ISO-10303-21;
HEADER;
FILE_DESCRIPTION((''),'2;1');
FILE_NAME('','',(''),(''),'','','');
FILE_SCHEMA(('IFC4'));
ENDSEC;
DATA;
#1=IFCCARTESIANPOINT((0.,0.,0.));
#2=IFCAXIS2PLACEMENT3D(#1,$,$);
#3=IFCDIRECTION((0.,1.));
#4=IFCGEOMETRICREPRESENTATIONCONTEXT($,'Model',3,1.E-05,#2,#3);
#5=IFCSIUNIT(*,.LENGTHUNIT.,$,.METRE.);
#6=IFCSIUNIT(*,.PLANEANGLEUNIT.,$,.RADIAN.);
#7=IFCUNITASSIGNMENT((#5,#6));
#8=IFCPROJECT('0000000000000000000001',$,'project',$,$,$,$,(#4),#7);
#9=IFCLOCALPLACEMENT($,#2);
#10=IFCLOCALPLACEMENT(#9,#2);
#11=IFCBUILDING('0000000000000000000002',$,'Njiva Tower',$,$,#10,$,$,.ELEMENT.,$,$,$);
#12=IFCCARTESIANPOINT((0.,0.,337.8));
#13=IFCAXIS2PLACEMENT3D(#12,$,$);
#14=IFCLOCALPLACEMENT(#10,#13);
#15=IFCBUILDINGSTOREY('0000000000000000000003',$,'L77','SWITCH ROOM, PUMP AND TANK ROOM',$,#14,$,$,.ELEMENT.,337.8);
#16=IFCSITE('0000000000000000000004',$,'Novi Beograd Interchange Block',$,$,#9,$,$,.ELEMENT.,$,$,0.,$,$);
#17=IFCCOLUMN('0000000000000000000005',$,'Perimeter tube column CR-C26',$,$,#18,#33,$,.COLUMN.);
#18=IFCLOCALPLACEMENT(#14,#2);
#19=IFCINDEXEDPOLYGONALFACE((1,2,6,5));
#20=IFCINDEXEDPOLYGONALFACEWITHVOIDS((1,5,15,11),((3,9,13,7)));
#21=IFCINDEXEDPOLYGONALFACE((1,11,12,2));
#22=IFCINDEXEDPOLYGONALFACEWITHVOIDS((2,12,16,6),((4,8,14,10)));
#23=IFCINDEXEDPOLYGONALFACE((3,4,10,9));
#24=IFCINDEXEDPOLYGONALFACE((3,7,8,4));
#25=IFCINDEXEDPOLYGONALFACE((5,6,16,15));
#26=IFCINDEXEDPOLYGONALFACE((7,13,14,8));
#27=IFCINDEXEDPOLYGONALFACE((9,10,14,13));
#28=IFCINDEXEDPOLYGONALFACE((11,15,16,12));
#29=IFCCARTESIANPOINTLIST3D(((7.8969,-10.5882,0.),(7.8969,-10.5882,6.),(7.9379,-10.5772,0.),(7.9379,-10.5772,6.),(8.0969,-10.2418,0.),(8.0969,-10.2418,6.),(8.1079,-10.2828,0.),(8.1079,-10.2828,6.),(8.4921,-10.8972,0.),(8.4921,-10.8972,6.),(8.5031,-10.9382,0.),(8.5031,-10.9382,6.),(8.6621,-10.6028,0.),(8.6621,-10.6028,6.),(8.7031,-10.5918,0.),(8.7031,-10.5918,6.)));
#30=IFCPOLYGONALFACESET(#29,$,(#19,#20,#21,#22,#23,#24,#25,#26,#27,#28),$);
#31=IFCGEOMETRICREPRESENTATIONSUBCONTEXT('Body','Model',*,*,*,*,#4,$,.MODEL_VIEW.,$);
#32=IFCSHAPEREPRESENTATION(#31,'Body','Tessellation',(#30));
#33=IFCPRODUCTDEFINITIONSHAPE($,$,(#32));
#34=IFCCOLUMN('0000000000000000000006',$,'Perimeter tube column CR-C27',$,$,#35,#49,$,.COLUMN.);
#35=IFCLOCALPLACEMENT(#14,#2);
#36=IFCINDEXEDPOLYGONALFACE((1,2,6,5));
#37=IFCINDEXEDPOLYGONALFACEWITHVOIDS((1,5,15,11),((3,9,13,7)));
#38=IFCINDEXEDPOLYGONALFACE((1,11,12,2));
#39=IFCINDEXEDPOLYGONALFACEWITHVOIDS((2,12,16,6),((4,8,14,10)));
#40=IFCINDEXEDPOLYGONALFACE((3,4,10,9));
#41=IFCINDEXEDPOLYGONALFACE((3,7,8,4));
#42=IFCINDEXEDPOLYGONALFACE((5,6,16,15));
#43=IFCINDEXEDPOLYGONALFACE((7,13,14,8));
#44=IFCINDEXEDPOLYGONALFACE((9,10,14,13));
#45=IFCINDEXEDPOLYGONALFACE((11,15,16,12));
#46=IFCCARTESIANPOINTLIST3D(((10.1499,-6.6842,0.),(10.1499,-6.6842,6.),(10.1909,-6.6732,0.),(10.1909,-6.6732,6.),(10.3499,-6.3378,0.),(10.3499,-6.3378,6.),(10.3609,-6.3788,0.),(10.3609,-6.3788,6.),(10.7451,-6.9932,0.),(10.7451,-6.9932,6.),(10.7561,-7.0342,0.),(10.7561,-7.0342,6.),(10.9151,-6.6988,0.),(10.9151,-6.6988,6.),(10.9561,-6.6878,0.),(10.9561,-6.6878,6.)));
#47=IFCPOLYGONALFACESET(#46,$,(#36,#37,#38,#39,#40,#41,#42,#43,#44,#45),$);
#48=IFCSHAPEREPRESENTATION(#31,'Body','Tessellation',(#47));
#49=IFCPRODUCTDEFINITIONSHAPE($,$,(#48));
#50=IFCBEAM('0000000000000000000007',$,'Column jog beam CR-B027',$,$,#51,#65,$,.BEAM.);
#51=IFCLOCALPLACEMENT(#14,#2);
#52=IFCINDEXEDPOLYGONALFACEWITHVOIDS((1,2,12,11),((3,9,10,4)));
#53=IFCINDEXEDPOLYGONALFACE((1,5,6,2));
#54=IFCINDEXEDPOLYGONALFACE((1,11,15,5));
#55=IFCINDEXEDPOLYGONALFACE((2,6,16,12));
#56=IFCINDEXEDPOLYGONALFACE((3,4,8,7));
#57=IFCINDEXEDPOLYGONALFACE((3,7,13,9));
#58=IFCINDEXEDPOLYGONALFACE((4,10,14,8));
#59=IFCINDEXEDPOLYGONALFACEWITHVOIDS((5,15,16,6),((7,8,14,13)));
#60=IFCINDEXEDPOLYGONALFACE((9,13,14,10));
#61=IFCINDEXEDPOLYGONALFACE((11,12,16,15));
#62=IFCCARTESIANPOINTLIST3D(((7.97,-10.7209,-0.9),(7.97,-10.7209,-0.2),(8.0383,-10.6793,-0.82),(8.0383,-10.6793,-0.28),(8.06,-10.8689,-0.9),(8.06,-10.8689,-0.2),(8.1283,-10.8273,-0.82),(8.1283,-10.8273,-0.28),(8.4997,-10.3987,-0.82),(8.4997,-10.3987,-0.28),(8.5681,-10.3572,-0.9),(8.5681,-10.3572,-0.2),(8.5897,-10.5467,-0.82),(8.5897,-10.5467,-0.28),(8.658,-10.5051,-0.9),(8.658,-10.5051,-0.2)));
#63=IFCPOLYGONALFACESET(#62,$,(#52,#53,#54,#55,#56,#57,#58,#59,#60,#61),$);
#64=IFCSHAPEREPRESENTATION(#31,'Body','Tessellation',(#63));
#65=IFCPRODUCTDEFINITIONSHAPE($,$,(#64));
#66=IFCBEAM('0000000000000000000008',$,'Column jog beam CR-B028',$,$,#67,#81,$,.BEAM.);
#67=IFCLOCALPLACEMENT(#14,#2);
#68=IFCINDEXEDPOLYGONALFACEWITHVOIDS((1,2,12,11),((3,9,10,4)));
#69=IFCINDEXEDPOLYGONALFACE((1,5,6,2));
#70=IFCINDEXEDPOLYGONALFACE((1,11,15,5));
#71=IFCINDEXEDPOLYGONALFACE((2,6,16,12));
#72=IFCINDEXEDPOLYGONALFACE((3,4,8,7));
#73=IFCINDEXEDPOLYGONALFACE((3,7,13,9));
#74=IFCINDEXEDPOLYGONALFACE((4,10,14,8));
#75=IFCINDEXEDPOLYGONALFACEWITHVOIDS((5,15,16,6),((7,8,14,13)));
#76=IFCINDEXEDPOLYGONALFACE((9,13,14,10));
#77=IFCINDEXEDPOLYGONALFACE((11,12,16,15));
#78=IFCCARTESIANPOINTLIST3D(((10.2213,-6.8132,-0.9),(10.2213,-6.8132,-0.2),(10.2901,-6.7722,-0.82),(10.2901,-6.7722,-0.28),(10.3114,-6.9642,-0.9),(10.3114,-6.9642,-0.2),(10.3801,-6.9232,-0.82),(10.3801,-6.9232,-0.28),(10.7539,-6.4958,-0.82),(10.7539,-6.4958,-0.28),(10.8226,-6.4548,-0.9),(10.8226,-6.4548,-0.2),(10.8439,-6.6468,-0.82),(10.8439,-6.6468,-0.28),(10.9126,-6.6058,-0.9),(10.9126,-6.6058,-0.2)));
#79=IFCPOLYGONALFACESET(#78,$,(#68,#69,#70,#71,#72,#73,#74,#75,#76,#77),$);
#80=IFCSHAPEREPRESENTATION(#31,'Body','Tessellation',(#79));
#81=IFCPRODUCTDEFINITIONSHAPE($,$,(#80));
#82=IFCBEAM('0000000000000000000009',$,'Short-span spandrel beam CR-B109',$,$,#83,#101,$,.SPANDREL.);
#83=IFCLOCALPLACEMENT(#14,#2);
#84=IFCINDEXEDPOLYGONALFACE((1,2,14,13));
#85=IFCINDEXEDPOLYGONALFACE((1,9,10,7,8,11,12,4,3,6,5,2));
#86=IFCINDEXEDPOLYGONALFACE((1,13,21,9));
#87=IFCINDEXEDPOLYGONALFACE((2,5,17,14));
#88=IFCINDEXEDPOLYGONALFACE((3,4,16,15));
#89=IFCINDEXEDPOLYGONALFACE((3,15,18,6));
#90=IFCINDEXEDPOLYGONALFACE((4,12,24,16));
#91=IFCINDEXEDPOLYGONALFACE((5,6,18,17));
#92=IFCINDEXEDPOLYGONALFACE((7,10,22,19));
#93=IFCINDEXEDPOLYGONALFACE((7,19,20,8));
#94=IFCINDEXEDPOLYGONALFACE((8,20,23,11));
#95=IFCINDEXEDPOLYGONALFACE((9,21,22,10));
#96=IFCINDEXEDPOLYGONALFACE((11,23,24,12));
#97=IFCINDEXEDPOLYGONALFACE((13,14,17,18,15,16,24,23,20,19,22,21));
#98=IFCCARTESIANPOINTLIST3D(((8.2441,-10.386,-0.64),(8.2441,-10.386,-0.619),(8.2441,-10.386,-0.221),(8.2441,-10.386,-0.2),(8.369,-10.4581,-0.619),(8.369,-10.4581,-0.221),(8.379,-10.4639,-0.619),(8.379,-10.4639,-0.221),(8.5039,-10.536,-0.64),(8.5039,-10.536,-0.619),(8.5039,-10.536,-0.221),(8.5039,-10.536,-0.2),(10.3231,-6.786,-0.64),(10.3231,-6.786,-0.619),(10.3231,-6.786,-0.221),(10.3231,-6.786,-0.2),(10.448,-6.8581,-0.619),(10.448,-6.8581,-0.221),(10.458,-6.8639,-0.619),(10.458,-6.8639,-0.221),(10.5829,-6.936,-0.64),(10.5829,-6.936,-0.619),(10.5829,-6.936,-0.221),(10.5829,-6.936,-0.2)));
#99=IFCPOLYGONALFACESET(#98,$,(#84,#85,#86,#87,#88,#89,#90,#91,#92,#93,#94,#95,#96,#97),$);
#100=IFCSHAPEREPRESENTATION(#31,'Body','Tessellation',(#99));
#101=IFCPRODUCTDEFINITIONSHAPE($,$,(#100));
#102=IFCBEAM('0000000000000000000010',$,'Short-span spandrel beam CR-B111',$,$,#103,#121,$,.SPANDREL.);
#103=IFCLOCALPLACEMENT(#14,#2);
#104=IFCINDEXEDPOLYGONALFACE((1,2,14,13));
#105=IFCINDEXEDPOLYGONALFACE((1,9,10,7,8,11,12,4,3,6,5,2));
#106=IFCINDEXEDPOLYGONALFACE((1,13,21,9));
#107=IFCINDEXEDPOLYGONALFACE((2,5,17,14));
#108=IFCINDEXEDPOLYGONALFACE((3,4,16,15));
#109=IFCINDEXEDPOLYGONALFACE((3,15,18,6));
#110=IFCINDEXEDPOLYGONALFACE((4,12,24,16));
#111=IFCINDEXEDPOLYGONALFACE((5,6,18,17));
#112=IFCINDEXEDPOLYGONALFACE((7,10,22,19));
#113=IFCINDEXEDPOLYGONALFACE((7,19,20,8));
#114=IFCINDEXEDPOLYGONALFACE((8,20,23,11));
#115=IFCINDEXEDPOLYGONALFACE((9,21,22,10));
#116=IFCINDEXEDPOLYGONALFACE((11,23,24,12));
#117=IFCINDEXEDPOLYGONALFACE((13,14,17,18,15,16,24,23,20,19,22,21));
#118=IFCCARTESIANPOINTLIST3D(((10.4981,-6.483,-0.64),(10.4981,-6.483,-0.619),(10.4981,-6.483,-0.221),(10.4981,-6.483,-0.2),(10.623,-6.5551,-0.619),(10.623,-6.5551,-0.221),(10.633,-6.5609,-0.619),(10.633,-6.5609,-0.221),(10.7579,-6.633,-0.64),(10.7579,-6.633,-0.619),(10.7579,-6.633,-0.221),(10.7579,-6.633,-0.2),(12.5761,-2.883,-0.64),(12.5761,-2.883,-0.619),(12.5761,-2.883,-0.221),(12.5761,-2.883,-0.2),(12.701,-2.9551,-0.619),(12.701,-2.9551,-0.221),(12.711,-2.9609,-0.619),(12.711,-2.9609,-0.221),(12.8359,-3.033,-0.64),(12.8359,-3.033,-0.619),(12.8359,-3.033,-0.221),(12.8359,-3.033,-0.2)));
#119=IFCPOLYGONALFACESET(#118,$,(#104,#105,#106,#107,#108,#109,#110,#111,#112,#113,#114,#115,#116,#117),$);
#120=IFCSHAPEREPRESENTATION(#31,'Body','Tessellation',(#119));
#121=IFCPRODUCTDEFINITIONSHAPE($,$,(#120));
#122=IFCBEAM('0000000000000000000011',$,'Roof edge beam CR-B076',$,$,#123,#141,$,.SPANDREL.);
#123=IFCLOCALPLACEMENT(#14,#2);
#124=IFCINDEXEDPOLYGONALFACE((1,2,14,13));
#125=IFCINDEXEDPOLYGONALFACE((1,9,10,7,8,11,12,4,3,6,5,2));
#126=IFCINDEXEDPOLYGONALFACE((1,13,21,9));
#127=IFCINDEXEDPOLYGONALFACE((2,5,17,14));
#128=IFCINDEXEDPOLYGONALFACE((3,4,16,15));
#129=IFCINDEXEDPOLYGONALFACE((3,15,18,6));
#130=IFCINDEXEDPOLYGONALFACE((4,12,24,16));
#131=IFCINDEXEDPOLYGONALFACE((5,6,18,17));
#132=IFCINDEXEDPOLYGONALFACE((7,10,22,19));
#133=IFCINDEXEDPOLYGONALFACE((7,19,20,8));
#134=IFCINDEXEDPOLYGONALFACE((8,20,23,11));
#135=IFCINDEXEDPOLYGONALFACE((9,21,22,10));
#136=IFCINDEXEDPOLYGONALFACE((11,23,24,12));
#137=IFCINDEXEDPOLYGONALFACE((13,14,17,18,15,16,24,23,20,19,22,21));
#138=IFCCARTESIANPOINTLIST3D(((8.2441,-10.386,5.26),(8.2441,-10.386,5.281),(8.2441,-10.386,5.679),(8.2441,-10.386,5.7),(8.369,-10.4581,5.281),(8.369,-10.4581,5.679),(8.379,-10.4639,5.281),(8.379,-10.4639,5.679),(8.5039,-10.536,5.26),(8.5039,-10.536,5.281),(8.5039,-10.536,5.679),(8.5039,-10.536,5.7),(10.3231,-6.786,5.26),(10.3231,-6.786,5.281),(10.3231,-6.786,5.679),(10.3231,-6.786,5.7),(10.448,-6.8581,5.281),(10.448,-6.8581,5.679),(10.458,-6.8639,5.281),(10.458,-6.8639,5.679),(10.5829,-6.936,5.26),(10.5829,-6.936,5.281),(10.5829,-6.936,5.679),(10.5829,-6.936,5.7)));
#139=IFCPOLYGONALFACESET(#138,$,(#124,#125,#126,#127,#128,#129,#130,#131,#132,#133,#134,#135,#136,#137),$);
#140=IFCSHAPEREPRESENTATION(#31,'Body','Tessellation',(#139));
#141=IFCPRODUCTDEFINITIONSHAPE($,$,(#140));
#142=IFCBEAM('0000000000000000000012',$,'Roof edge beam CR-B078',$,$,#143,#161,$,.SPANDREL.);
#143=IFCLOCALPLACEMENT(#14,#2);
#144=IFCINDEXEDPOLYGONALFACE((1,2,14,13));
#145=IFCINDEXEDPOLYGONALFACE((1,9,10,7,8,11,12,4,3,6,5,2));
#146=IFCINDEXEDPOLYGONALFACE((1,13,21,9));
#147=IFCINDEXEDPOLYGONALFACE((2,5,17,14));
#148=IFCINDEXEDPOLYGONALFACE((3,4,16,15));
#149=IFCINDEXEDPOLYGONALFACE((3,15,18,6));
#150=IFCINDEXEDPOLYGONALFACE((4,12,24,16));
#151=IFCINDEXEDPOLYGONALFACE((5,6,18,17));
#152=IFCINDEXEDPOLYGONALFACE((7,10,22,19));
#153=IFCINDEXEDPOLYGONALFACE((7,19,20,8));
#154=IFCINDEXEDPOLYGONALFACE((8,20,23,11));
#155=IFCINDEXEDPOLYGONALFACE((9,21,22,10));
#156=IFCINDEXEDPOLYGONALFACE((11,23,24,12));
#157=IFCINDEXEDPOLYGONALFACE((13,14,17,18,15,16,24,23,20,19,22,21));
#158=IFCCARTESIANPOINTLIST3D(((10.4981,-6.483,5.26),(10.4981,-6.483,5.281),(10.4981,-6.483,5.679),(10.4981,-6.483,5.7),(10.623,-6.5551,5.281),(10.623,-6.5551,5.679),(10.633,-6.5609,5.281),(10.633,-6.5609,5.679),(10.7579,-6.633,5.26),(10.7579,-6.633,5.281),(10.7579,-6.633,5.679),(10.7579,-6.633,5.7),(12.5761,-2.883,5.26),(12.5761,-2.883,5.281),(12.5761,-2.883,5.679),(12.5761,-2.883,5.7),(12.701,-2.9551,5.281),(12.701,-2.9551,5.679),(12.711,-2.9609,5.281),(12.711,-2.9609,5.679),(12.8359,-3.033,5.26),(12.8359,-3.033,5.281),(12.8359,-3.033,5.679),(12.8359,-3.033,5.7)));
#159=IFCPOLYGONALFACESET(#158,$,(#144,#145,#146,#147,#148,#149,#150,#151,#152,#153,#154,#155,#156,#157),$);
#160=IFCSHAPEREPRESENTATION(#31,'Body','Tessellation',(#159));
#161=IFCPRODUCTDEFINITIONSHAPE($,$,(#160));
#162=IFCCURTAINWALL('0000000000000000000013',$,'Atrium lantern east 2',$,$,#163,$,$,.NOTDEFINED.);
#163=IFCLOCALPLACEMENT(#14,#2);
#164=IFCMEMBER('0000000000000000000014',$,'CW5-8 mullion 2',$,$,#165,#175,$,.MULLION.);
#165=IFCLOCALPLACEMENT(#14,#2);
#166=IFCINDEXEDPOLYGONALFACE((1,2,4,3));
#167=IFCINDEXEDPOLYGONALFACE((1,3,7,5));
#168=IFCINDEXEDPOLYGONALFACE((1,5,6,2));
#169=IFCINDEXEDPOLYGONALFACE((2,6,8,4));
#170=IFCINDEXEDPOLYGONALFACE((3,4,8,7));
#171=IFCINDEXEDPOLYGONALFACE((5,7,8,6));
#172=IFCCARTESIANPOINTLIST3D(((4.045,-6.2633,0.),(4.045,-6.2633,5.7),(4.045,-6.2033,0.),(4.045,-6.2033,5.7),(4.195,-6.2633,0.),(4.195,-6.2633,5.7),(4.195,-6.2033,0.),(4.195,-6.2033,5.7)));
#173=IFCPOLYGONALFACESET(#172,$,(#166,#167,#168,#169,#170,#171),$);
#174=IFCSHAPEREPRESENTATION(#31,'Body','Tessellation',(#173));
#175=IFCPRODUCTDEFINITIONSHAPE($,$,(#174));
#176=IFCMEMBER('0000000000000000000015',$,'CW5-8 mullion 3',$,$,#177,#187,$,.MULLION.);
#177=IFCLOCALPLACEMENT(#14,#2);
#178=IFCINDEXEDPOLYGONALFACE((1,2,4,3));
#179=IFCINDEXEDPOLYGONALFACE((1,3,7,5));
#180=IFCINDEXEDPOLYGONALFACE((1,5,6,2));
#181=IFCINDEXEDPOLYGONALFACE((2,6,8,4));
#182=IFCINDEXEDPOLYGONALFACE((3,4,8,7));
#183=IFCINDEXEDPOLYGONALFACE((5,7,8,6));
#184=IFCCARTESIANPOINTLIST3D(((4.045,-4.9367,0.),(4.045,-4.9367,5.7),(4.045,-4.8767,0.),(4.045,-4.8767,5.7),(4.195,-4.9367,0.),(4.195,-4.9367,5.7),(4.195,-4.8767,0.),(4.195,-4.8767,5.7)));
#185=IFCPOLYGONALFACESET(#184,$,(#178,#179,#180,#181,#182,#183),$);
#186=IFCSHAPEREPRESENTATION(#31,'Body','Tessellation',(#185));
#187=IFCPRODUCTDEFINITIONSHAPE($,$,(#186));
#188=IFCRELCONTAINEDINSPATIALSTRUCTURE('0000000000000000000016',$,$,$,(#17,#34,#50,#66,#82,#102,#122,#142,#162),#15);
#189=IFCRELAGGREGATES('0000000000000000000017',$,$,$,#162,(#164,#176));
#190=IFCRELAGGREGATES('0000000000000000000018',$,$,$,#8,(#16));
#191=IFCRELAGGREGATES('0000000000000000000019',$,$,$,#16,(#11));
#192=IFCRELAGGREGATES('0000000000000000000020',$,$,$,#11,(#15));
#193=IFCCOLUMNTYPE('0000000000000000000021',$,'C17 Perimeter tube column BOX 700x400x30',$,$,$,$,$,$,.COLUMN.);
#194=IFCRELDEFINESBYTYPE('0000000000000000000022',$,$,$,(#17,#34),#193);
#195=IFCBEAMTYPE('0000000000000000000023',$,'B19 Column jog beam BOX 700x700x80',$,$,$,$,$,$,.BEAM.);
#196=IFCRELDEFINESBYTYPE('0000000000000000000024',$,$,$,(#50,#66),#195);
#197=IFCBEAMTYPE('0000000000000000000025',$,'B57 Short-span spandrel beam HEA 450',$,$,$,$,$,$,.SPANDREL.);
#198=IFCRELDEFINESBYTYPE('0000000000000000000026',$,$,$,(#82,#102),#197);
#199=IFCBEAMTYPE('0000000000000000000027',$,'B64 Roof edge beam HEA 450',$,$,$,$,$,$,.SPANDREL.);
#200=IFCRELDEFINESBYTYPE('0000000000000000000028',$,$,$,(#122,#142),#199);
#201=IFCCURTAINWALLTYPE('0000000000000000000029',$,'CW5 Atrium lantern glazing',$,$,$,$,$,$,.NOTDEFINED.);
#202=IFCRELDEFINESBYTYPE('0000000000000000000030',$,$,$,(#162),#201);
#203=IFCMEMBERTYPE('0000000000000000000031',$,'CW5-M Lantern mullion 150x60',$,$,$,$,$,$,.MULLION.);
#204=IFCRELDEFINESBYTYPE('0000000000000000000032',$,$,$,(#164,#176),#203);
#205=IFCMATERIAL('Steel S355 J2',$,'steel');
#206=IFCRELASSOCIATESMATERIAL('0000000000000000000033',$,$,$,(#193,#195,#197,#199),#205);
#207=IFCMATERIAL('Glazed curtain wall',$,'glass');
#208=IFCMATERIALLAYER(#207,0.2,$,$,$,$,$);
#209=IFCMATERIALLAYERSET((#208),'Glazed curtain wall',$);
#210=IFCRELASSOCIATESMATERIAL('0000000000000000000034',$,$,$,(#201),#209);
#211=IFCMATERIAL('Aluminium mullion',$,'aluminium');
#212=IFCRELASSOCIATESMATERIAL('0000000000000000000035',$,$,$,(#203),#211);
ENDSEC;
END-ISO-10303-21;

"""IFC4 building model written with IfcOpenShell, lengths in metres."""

from ifc_helpers import new_model, si_unit, direction, frame, origin, origin_2d, place, context, subcontext, project, spatial, rectangle, hollow_rectangle, i_section, extrude, material, layer, layer_set, material_profile, profile_set, type_object, element, aggregate, save


model = new_model("IFC4")

# Units and contexts
model_context = context("Model", 3, precision=1e-05, world=origin(), true_north=direction((0.0, 1.0)))
body_context = subcontext(model_context, "Body", "Model", "MODEL_VIEW")
ifc_project = project(units=[si_unit("LENGTHUNIT", "METRE"), si_unit("PLANEANGLEUNIT", "RADIAN")], contexts=[model_context])

# Site, building, storey
site_placement = place(None, origin())
site = spatial("IfcSite", under=ifc_project, at=site_placement, Name="Novi Beograd Interchange Block", CompositionType="ELEMENT", RefElevation=0.0)
building_placement = place(site_placement, origin())
building = spatial("IfcBuilding", under=site, at=building_placement, Name="Njiva Tower", CompositionType="ELEMENT")
storey_placement = place(building_placement, frame((0.0, 0.0, 337.8)))
storey = spatial("IfcBuildingStorey", under=building, at=storey_placement, Name="L77", Description="SWITCH ROOM, PUMP AND TANK ROOM", CompositionType="ELEMENT", Elevation=337.8)

# Columns
ifc_material_1 = material(Name="Steel S355 J2", Category="steel")
ifc_material_profile_1 = material_profile(ifc_material_1, hollow_rectangle(XDim=0.4, YDim=0.7, WallThickness=0.03, at=origin_2d()), Name="BOX 700x400x30")
ifc_profile_set_1 = profile_set([ifc_material_profile_1], Name="Steel S355 J2")
column_type = type_object("IfcColumnType", Name="C17 Perimeter tube column BOX 700x400x30", PredefinedType="COLUMN", material=ifc_profile_set_1)
for number, where, z_axis, x_axis, name in (
    (1, (8.3, -10.59, 0.0), (0.0, 0.0, 1.0), (0.5, 0.866025, 0.0), "Perimeter tube column CR-C26"),
    (2, (10.553, -6.686, 0.0), (0.0, 0.0, 1.0), (0.5, 0.866025, 0.0), "Perimeter tube column CR-C27"),
):
    element("IfcColumn", number, at=place(storey_placement, frame(where, z_axis=z_axis, x_axis=x_axis)), inside=storey, type_object=column_type, Name=name, PredefinedType="COLUMN", context=body_context, shape_type="SweptSolid", body=[
        extrude(hollow_rectangle(XDim=0.4, YDim=0.7, WallThickness=0.03, at=origin_2d()), origin(), (0.0, 0.0, 1.0), 6.0),
    ])

# Beams
ifc_material_profile_2 = material_profile(ifc_material_1, hollow_rectangle(XDim=0.7, YDim=0.7, WallThickness=0.08, at=origin_2d()), Name="BOX 700x700x80")
ifc_profile_set_2 = profile_set([ifc_material_profile_2], Name="Steel S355 J2")
beam_type_1 = type_object("IfcBeamType", Name="B19 Column jog beam BOX 700x700x80", PredefinedType="BEAM", material=ifc_profile_set_2)
beam_1_placement = place(storey_placement, frame((8.359, -10.687, -0.55), z_axis=(-0.519581, 0.854421, 0.0), x_axis=(-0.854421, -0.519581, 0.0)))
element("IfcBeam", 3, at=beam_1_placement, inside=storey, type_object=beam_type_1, Name="Column jog beam CR-B027", PredefinedType="BEAM", context=body_context, shape_type="SweptSolid", body=[
    extrude(hollow_rectangle(XDim=0.7, YDim=0.7, WallThickness=0.08, at=origin_2d()), origin(), (0.0, 0.0, 1.0), 0.1732),
])
beam_2_placement = place(storey_placement, frame((10.612, -6.785, -0.55), z_axis=(-0.511984, 0.858995, 0.0), x_axis=(-0.858995, -0.511984, 0.0)))
element("IfcBeam", 4, at=beam_2_placement, inside=storey, type_object=beam_type_1, Name="Column jog beam CR-B028", PredefinedType="BEAM", context=body_context, shape_type="SweptSolid", body=[
    extrude(hollow_rectangle(XDim=0.7, YDim=0.7, WallThickness=0.08, at=origin_2d()), origin(), (0.0, 0.0, 1.0), 0.1758),
])
ifc_material_profile_3 = material_profile(ifc_material_1, i_section(OverallWidth=0.3, OverallDepth=0.44, WebThickness=0.0115, FlangeThickness=0.021, at=origin_2d()), Name="HEA 450")
ifc_profile_set_3 = profile_set([ifc_material_profile_3], Name="Steel S355 J2")
beam_type_2 = type_object("IfcBeamType", Name="B57 Short-span spandrel beam HEA 450", PredefinedType="SPANDREL", material=ifc_profile_set_3)
beam_3_placement = place(storey_placement, frame((8.374, -10.461, -0.42), z_axis=(0.500097, 0.865969, 0.0), x_axis=(-0.865969, 0.500097, 0.0)))
element("IfcBeam", 5, at=beam_3_placement, inside=storey, type_object=beam_type_2, Name="Short-span spandrel beam CR-B109", PredefinedType="SPANDREL", context=body_context, shape_type="SweptSolid", body=[
    extrude(i_section(OverallWidth=0.3, OverallDepth=0.44, WebThickness=0.0115, FlangeThickness=0.021, at=origin_2d()), origin(), (0.0, 0.0, 1.0), 4.1572),
])
beam_4_placement = place(storey_placement, frame((10.628, -6.558, -0.42), z_axis=(0.499917, 0.866073, 0.0), x_axis=(-0.866073, 0.499917, 0.0)))
element("IfcBeam", 6, at=beam_4_placement, inside=storey, type_object=beam_type_2, Name="Short-span spandrel beam CR-B111", PredefinedType="SPANDREL", context=body_context, shape_type="SweptSolid", body=[
    extrude(i_section(OverallWidth=0.3, OverallDepth=0.44, WebThickness=0.0115, FlangeThickness=0.021, at=origin_2d()), origin(), (0.0, 0.0, 1.0), 4.1567),
])
ifc_material_profile_4 = material_profile(ifc_material_1, i_section(OverallWidth=0.3, OverallDepth=0.44, WebThickness=0.0115, FlangeThickness=0.021, at=origin_2d()), Name="HEA 450")
ifc_profile_set_4 = profile_set([ifc_material_profile_4], Name="Steel S355 J2")
beam_type_3 = type_object("IfcBeamType", Name="B64 Roof edge beam HEA 450", PredefinedType="SPANDREL", material=ifc_profile_set_4)
beam_5_placement = place(storey_placement, frame((8.374, -10.461, 5.48), z_axis=(0.500097, 0.865969, 0.0), x_axis=(-0.865969, 0.500097, 0.0)))
element("IfcBeam", 7, at=beam_5_placement, inside=storey, type_object=beam_type_3, Name="Roof edge beam CR-B076", PredefinedType="SPANDREL", context=body_context, shape_type="SweptSolid", body=[
    extrude(i_section(OverallWidth=0.3, OverallDepth=0.44, WebThickness=0.0115, FlangeThickness=0.021, at=origin_2d()), origin(), (0.0, 0.0, 1.0), 4.1572),
])
beam_6_placement = place(storey_placement, frame((10.628, -6.558, 5.48), z_axis=(0.499917, 0.866073, 0.0), x_axis=(-0.866073, 0.499917, 0.0)))
element("IfcBeam", 8, at=beam_6_placement, inside=storey, type_object=beam_type_3, Name="Roof edge beam CR-B078", PredefinedType="SPANDREL", context=body_context, shape_type="SweptSolid", body=[
    extrude(i_section(OverallWidth=0.3, OverallDepth=0.44, WebThickness=0.0115, FlangeThickness=0.021, at=origin_2d()), origin(), (0.0, 0.0, 1.0), 4.1567),
])

# Curtain wall, members
ifc_material_2 = material(Name="Glazed curtain wall", Category="glass")
ifc_layer_1 = layer(ifc_material_2, 0.2)
ifc_layer_set_1 = layer_set([ifc_layer_1], Name="Glazed curtain wall")
curtain_wall_type = type_object("IfcCurtainWallType", Name="CW5 Atrium lantern glazing", PredefinedType="NOTDEFINED", material=ifc_layer_set_1)
curtain_wall_placement = place(storey_placement, origin())
curtain_wall = element("IfcCurtainWall", 9, at=curtain_wall_placement, inside=storey, type_object=curtain_wall_type, Name="Atrium lantern east 2", PredefinedType="NOTDEFINED")
ifc_material_3 = material(Name="Aluminium mullion", Category="aluminium")
ifc_material_profile_5 = material_profile(ifc_material_3, rectangle(XDim=0.15, YDim=0.06, at=origin_2d()), Name="RECT 150x60")
ifc_profile_set_5 = profile_set([ifc_material_profile_5], Name="Aluminium mullion")
member_type_1 = type_object("IfcMemberType", Name="CW5-M Lantern mullion 150x60", PredefinedType="MULLION", material=ifc_profile_set_5)
member_1_placement = place(storey_placement, frame((4.12, -6.2333, 0.0), z_axis=(0.0, 0.0, 1.0), x_axis=(-1.0, 0.0, 0.0)))
member_1 = element("IfcMember", 10, at=member_1_placement, type_object=member_type_1, Name="CW5-8 mullion 2", PredefinedType="MULLION", context=body_context, shape_type="SweptSolid", body=[
    extrude(rectangle(XDim=0.15, YDim=0.06, at=origin_2d()), origin(), (0.0, 0.0, 1.0), 5.7),
])
member_2_placement = place(storey_placement, frame((4.12, -4.9067, 0.0), z_axis=(0.0, 0.0, 1.0), x_axis=(-1.0, 0.0, 0.0)))
member_2 = element("IfcMember", 11, at=member_2_placement, type_object=member_type_1, Name="CW5-8 mullion 3", PredefinedType="MULLION", context=body_context, shape_type="SweptSolid", body=[
    extrude(rectangle(XDim=0.15, YDim=0.06, at=origin_2d()), origin(), (0.0, 0.0, 1.0), 5.7),
])
aggregate(curtain_wall, [member_1, member_2])

save(model, "model.ifc")
